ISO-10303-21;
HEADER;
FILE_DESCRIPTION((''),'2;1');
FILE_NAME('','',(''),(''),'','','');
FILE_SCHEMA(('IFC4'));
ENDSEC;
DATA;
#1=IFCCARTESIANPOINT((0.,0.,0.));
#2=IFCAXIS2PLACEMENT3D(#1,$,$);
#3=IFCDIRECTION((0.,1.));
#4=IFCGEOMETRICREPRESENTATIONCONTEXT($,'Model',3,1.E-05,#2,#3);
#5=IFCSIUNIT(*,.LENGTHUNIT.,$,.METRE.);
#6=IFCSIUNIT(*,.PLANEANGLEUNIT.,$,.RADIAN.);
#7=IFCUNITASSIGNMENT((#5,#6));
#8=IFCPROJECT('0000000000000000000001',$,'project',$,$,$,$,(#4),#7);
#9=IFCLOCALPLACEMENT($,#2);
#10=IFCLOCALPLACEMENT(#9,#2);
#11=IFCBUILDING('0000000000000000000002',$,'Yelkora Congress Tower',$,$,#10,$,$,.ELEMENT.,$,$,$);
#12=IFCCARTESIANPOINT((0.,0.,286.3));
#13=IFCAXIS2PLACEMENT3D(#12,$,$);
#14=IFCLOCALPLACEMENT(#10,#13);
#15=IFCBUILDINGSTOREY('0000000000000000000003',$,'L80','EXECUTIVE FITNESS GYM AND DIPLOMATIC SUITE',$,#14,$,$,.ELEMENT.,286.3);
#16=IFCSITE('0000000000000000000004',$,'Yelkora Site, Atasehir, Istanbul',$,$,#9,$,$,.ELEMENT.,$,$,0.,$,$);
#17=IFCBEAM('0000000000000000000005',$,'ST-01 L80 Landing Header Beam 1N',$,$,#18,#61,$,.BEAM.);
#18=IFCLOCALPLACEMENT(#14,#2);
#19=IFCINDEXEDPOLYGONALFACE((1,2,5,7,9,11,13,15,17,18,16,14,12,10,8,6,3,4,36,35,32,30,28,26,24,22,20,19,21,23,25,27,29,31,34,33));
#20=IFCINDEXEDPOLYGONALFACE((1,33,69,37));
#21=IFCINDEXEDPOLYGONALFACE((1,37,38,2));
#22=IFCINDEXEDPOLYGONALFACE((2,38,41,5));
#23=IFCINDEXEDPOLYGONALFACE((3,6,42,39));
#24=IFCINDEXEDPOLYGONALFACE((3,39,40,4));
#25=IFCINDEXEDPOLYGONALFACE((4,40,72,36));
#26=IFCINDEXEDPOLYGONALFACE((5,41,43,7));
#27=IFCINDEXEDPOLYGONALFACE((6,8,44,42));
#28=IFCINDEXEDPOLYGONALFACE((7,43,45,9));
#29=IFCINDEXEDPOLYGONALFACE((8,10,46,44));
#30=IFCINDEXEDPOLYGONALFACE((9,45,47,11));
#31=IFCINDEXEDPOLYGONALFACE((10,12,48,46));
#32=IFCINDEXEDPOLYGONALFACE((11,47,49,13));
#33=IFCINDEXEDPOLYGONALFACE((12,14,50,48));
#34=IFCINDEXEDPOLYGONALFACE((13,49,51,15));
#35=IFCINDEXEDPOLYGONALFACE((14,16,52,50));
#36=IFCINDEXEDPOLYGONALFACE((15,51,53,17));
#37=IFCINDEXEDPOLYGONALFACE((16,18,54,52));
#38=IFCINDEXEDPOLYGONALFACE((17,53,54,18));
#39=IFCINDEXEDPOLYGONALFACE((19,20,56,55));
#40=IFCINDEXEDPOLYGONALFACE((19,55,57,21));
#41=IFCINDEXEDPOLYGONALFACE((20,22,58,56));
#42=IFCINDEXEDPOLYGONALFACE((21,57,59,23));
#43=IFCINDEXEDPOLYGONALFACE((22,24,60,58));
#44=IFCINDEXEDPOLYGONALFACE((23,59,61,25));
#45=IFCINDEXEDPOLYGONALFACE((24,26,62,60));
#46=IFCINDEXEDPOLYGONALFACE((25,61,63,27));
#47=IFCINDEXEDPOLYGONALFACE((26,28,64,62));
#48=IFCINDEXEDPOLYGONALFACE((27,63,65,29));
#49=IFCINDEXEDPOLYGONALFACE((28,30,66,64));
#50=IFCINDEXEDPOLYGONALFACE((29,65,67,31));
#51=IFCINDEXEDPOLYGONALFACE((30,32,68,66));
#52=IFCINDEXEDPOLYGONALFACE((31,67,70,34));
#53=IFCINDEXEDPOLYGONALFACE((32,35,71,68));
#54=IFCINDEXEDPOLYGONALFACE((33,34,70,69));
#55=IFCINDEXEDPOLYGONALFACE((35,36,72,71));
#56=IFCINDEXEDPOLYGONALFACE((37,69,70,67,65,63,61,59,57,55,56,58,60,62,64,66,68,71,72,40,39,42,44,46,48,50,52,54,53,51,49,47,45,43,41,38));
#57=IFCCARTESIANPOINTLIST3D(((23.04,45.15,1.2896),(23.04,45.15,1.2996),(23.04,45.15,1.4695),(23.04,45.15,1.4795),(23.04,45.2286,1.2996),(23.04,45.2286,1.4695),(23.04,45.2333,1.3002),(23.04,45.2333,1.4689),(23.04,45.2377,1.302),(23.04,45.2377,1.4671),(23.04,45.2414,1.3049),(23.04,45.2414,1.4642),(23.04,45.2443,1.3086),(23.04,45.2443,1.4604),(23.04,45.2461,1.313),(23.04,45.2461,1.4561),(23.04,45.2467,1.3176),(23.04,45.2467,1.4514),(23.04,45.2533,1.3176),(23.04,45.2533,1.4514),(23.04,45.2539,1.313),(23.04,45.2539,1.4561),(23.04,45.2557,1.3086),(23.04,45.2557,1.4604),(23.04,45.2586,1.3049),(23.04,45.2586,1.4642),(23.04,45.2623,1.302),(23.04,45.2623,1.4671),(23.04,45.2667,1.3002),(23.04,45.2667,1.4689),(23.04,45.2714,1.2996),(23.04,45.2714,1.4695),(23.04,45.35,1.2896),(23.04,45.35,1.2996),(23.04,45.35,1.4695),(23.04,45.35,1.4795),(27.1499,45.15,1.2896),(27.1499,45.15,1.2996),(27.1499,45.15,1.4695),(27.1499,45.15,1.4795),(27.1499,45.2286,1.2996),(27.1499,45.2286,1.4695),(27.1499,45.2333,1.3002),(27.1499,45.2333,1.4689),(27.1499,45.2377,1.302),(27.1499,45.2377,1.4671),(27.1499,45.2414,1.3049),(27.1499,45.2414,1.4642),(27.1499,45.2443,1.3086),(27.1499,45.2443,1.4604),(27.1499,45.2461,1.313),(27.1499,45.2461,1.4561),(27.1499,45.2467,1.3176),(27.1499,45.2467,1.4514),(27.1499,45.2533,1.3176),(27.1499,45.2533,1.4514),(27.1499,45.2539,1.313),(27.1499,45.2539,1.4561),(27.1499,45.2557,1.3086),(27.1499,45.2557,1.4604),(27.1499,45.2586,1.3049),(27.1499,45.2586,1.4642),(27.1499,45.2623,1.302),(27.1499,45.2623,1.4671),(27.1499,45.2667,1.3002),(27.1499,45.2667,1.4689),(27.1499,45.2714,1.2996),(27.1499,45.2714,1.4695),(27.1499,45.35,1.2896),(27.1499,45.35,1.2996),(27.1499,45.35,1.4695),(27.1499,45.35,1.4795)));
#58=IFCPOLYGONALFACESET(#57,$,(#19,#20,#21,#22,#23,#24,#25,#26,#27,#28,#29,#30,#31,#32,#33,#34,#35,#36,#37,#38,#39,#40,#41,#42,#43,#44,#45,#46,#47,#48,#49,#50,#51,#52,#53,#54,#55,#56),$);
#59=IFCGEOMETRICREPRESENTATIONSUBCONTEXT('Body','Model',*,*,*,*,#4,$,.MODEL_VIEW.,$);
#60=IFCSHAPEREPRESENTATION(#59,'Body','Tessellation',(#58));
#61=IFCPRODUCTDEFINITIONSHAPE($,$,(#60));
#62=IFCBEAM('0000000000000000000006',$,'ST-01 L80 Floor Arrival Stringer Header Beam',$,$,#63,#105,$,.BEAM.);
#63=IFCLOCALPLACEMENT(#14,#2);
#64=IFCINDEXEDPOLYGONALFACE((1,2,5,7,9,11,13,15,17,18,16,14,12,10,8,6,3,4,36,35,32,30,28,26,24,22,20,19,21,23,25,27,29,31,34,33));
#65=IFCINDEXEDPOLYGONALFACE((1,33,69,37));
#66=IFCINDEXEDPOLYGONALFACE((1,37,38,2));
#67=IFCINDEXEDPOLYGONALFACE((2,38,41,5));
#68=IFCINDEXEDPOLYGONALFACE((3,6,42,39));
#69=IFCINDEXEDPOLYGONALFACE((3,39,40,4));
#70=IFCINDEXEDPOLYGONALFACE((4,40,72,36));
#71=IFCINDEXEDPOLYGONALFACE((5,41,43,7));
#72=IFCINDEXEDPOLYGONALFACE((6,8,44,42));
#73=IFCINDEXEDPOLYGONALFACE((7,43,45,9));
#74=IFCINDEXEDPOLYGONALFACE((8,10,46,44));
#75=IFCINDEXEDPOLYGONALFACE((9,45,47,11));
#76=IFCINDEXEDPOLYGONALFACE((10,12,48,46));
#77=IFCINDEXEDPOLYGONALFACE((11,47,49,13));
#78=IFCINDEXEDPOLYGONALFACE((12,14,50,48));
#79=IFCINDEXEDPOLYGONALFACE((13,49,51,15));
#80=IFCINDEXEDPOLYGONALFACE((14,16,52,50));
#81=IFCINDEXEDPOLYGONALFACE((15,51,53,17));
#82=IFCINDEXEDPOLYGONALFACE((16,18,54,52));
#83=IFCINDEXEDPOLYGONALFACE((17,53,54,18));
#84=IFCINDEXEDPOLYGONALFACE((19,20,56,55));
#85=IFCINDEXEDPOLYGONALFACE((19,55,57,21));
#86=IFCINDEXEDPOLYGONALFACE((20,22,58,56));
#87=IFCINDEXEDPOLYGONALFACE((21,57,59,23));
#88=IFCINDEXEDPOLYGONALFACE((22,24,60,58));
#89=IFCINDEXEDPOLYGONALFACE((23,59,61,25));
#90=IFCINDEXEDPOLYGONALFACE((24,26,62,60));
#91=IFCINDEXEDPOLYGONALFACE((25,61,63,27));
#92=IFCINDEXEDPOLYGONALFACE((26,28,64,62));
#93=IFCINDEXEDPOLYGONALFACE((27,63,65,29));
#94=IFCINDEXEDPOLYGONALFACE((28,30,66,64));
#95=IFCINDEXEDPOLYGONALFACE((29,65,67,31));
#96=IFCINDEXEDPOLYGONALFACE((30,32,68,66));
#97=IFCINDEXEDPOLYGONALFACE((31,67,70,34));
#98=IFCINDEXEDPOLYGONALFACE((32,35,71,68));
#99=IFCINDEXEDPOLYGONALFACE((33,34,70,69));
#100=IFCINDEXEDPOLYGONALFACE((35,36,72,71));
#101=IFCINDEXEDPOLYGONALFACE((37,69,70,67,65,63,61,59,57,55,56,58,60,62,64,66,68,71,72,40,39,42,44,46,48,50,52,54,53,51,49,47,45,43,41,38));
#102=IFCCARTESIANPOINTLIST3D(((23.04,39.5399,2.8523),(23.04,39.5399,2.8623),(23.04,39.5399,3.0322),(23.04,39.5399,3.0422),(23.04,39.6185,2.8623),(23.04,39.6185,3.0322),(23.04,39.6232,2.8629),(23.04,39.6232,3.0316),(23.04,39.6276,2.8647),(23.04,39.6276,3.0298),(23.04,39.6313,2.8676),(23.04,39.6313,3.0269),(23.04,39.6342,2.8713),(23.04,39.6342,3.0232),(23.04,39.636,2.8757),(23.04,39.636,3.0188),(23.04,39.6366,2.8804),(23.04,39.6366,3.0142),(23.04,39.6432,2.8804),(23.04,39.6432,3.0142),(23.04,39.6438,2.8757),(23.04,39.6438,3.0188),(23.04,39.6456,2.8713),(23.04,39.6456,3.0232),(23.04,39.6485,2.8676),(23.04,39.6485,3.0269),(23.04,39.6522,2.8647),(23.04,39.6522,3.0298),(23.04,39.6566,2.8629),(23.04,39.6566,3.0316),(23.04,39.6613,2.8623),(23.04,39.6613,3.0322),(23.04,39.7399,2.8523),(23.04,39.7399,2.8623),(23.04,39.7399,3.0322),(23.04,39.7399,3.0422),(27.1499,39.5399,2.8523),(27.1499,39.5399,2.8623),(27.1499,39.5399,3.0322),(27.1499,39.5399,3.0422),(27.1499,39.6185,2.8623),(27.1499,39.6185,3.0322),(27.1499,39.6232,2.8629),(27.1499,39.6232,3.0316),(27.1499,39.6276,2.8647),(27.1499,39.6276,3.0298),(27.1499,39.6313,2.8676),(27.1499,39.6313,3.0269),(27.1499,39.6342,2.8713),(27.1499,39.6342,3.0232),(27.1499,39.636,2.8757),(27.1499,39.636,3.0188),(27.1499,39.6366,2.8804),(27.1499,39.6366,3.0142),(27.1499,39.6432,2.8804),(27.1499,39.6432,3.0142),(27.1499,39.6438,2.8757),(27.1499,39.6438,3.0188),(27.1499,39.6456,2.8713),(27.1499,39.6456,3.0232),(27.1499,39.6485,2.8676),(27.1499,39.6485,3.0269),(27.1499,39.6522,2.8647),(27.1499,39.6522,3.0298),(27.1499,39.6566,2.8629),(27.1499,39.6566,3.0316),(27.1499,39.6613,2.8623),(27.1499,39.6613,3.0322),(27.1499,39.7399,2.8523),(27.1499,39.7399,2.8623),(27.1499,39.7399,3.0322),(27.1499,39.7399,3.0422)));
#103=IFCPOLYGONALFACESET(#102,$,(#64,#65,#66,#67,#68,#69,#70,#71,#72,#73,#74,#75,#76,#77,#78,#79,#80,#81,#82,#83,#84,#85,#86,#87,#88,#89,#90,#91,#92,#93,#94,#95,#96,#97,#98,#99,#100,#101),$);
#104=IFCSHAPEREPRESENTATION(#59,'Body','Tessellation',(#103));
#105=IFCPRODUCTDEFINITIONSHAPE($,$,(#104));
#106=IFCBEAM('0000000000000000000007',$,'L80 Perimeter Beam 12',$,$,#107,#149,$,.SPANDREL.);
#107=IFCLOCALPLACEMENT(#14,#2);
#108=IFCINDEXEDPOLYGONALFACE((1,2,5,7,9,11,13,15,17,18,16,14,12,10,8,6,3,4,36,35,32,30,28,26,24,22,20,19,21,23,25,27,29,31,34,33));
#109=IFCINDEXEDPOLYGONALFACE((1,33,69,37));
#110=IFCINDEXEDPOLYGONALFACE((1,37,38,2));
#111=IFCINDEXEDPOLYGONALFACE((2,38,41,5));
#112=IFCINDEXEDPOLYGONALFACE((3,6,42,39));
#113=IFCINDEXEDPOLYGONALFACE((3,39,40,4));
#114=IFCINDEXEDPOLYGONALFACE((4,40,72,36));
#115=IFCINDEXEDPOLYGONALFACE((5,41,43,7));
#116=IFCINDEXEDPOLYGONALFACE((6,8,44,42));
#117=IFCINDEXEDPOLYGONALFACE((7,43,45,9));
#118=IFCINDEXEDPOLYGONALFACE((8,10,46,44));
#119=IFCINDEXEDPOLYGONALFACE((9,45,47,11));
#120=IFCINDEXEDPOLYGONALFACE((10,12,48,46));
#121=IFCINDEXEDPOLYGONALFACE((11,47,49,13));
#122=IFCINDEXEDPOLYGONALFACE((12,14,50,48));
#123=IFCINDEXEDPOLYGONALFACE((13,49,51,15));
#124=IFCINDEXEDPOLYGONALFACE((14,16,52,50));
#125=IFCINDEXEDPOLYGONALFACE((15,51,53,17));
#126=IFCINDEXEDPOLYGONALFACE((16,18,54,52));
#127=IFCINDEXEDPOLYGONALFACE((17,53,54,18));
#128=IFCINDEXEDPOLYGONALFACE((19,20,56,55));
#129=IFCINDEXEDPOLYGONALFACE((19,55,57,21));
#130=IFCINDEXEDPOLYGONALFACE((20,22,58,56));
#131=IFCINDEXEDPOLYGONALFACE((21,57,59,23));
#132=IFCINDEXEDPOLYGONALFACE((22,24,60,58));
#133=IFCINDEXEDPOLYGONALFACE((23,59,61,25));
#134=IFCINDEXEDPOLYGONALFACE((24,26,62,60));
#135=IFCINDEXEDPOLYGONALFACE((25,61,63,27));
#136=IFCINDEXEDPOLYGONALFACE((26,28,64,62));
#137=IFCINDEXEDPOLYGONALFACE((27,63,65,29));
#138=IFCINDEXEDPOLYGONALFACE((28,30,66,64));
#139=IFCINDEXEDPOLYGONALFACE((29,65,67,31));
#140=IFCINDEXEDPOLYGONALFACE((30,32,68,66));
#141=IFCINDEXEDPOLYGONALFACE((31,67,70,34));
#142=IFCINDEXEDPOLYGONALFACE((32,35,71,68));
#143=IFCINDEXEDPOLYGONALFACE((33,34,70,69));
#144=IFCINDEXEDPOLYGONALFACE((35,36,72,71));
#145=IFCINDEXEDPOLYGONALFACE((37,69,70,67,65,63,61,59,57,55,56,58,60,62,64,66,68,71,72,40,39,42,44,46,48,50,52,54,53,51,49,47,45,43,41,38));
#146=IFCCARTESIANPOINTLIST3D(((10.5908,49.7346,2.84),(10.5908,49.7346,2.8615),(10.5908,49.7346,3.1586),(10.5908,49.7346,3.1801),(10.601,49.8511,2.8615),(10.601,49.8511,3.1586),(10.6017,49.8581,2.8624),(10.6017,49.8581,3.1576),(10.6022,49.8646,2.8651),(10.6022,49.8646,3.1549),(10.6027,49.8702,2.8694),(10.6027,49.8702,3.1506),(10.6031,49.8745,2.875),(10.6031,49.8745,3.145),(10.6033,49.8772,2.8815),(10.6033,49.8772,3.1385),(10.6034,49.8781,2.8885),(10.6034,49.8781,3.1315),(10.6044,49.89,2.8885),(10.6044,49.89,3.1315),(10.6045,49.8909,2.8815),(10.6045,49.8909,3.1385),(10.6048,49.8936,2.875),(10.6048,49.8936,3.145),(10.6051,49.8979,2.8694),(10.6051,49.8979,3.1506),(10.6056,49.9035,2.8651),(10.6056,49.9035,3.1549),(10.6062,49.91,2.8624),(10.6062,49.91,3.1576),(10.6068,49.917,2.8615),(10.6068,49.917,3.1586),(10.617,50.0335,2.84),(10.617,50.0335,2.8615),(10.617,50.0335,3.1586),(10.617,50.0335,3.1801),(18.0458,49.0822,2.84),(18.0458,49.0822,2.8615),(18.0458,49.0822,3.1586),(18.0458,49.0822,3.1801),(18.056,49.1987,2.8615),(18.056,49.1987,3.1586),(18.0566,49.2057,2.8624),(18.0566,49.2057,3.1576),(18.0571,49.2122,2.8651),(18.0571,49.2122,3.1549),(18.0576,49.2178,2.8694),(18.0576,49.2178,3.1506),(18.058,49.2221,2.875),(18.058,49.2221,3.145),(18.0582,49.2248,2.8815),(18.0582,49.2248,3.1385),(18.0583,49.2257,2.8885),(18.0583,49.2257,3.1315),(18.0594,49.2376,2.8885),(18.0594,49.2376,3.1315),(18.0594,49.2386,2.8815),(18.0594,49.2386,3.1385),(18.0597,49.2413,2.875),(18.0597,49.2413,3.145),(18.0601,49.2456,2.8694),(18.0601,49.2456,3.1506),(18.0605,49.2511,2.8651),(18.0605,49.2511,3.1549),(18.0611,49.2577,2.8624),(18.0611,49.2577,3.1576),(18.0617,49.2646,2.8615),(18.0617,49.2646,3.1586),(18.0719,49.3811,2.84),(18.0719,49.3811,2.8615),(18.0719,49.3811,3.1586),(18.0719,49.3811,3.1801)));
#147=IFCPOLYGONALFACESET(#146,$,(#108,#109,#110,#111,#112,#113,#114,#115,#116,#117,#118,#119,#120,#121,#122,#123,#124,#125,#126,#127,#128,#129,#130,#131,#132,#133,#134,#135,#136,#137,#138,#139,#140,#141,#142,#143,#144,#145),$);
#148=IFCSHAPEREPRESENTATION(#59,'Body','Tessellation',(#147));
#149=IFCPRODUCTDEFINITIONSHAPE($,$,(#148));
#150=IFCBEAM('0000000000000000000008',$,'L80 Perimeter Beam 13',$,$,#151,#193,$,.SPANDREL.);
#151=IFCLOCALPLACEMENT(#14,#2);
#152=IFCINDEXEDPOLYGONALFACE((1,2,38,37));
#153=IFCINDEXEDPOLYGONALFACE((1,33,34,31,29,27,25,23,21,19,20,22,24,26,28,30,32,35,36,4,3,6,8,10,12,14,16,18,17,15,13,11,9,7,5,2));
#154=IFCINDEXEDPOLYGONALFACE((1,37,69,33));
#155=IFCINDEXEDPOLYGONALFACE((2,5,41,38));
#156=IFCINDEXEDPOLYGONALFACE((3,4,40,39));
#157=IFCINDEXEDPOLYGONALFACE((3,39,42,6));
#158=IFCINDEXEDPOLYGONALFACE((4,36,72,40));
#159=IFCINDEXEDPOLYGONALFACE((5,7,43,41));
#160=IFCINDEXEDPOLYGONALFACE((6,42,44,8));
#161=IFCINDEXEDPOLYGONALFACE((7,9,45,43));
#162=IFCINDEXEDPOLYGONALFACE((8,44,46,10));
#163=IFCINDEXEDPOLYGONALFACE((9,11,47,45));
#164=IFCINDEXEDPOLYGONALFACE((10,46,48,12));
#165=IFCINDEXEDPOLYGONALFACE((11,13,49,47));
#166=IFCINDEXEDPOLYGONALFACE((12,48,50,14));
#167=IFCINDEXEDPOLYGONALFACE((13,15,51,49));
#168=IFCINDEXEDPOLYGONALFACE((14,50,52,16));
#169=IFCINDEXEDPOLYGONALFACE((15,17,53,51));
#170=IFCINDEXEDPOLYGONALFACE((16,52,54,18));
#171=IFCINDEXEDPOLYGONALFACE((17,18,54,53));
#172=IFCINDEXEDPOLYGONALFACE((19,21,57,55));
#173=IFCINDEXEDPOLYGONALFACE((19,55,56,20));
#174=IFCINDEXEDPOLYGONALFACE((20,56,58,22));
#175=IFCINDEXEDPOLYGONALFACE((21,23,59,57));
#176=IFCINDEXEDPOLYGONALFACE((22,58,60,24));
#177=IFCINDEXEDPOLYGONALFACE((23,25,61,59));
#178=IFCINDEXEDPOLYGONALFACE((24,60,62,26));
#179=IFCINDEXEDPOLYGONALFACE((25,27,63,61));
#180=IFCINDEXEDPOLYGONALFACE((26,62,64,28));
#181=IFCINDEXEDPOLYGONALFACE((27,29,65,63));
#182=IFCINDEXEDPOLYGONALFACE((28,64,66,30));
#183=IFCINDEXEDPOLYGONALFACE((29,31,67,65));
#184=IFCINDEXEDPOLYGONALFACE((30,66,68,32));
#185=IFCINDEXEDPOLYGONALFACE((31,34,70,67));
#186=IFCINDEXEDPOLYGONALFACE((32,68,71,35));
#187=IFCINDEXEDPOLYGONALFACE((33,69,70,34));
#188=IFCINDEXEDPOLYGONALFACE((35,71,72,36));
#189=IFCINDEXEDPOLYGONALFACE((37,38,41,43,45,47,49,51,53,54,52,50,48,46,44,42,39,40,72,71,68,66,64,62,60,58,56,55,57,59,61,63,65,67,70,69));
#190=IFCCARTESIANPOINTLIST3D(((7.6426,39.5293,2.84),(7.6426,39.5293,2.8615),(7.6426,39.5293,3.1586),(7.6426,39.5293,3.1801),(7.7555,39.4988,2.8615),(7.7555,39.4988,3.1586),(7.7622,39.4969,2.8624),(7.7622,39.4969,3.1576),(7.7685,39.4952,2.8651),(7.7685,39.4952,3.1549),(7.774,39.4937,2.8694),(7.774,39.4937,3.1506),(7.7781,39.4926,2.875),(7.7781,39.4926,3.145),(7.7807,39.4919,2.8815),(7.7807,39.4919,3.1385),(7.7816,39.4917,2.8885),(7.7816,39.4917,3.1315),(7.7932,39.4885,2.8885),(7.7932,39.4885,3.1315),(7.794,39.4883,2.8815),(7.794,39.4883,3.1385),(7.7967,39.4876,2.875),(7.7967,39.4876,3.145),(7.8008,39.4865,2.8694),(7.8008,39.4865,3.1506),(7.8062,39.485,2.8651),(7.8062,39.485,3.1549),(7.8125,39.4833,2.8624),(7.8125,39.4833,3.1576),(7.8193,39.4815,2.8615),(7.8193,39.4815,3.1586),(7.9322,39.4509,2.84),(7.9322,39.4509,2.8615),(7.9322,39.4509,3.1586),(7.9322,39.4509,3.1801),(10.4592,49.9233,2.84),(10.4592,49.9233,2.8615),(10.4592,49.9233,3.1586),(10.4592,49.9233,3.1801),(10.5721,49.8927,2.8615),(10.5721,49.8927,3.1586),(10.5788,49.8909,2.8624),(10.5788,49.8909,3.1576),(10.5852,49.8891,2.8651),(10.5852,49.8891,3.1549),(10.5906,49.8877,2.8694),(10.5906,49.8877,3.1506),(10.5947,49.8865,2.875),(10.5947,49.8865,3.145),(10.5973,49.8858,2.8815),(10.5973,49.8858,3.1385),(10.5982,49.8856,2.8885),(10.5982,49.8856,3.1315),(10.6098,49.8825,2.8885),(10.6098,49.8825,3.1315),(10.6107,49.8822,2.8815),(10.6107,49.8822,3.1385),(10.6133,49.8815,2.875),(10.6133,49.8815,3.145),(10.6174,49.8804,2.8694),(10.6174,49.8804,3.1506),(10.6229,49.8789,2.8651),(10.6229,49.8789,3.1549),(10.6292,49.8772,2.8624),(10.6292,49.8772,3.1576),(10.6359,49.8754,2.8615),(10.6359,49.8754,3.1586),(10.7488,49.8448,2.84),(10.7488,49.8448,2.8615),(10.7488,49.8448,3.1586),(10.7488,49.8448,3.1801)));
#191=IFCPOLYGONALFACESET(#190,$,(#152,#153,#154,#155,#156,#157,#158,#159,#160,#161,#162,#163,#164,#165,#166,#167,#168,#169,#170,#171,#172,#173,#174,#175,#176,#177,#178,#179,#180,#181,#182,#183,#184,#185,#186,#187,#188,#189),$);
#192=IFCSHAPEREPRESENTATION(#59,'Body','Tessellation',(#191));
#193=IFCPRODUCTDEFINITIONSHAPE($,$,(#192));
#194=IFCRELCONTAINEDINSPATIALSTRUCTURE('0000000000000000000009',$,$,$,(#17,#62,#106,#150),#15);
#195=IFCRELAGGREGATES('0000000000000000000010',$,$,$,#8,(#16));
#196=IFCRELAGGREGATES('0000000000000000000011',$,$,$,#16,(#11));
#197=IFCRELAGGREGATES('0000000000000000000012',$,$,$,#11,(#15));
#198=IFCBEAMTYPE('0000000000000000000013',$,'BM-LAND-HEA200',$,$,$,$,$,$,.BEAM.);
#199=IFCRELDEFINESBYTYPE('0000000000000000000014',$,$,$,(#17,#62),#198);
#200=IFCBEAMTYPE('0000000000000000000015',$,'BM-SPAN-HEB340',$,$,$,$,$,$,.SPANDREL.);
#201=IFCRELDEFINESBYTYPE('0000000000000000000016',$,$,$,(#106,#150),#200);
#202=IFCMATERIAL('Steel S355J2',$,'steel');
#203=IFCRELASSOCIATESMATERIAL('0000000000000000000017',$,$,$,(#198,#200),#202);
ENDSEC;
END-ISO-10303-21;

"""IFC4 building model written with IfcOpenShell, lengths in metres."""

from ifc_helpers import new_model, si_unit, direction, frame, origin, origin_2d, place, context, subcontext, project, spatial, i_section, extrude, material, material_profile, profile_set, type_object, element, save


model = new_model("IFC4")

# Units and contexts
model_context = context("Model", 3, precision=1e-05, world=origin(), true_north=direction((0.0, 1.0)))
body_context = subcontext(model_context, "Body", "Model", "MODEL_VIEW")
ifc_project = project(units=[si_unit("LENGTHUNIT", "METRE"), si_unit("PLANEANGLEUNIT", "RADIAN")], contexts=[model_context])

# Site, building, storey
site_placement = place(None, origin())
site = spatial("IfcSite", under=ifc_project, at=site_placement, Name="Yelkora Site, Atasehir, Istanbul", CompositionType="ELEMENT", RefElevation=0.0)
building_placement = place(site_placement, origin())
building = spatial("IfcBuilding", under=site, at=building_placement, Name="Yelkora Congress Tower", CompositionType="ELEMENT")
storey_placement = place(building_placement, frame((0.0, 0.0, 286.3)))
storey = spatial("IfcBuildingStorey", under=building, at=storey_placement, Name="L80", Description="EXECUTIVE FITNESS GYM AND DIPLOMATIC SUITE", CompositionType="ELEMENT", Elevation=286.3)

# Shared definitions
ifc_material_1 = material(Name="Steel S355J2", Category="steel")

# Beams
ifc_material_profile_1 = material_profile(ifc_material_1, i_section(OverallWidth=0.2, OverallDepth=0.1899, WebThickness=0.0066, FlangeThickness=0.01, FilletRadius=0.0181, at=origin_2d()), Name="HEA 200")
ifc_profile_set_1 = profile_set([ifc_material_profile_1], Name="Steel S355J2")
beam_type_1 = type_object("IfcBeamType", Name="BM-LAND-HEA200", PredefinedType="BEAM", material=ifc_profile_set_1)
for number, where, z_axis, x_axis, name in (
    (1, (23.04, 45.25, 1.3845), (1.0, 0.0, 0.0), (0.0, 1.0, 0.0), "ST-01 L80 Landing Header Beam 1N"),
    (2, (23.04, 39.6399, 2.9473), (1.0, 0.0, 0.0), (0.0, 1.0, 0.0), "ST-01 L80 Floor Arrival Stringer Header Beam"),
):
    element("IfcBeam", number, at=place(storey_placement, frame(where, z_axis=z_axis, x_axis=x_axis)), inside=storey, type_object=beam_type_1, Name=name, PredefinedType="BEAM", context=body_context, shape_type="SweptSolid", body=[
        extrude(i_section(OverallWidth=0.2, OverallDepth=0.1899, WebThickness=0.0066, FlangeThickness=0.01, FilletRadius=0.0181, at=origin_2d()), origin(), (0.0, 0.0, 1.0), 4.1099),
    ])
ifc_material_profile_2 = material_profile(ifc_material_1, i_section(OverallWidth=0.3, OverallDepth=0.3401, WebThickness=0.012, FlangeThickness=0.0215, FilletRadius=0.0271, at=origin_2d()), Name="HEB 340")
ifc_profile_set_2 = profile_set([ifc_material_profile_2], Name="Steel S355J2")
beam_type_2 = type_object("IfcBeamType", Name="BM-SPAN-HEB340", PredefinedType="SPANDREL", material=ifc_profile_set_2)
beam_1_placement = place(storey_placement, frame((18.0588, 49.2317, 3.01), z_axis=(-0.996193, 0.087173, 0.0), x_axis=(-0.087173, -0.996193, 0.0)))
element("IfcBeam", 3, at=beam_1_placement, inside=storey, type_object=beam_type_2, Name="L80 Perimeter Beam 12", PredefinedType="SPANDREL", context=body_context, shape_type="SweptSolid", body=[
    extrude(i_section(OverallWidth=0.3, OverallDepth=0.3401, WebThickness=0.012, FlangeThickness=0.0215, FilletRadius=0.0271, at=origin_2d()), origin(), (0.0, 0.0, 1.0), 7.4834),
])
beam_2_placement = place(storey_placement, frame((10.604, 49.884, 3.01), z_axis=(-0.261554, -0.965189, 0.0), x_axis=(0.965189, -0.261554, 0.0)))
element("IfcBeam", 4, at=beam_2_placement, inside=storey, type_object=beam_type_2, Name="L80 Perimeter Beam 13", PredefinedType="SPANDREL", context=body_context, shape_type="SweptSolid", body=[
    extrude(i_section(OverallWidth=0.3, OverallDepth=0.3401, WebThickness=0.012, FlangeThickness=0.0215, FilletRadius=0.0271, at=origin_2d()), origin(), (0.0, 0.0, 1.0), 10.7688),
])

save(model, "model.ifc")
